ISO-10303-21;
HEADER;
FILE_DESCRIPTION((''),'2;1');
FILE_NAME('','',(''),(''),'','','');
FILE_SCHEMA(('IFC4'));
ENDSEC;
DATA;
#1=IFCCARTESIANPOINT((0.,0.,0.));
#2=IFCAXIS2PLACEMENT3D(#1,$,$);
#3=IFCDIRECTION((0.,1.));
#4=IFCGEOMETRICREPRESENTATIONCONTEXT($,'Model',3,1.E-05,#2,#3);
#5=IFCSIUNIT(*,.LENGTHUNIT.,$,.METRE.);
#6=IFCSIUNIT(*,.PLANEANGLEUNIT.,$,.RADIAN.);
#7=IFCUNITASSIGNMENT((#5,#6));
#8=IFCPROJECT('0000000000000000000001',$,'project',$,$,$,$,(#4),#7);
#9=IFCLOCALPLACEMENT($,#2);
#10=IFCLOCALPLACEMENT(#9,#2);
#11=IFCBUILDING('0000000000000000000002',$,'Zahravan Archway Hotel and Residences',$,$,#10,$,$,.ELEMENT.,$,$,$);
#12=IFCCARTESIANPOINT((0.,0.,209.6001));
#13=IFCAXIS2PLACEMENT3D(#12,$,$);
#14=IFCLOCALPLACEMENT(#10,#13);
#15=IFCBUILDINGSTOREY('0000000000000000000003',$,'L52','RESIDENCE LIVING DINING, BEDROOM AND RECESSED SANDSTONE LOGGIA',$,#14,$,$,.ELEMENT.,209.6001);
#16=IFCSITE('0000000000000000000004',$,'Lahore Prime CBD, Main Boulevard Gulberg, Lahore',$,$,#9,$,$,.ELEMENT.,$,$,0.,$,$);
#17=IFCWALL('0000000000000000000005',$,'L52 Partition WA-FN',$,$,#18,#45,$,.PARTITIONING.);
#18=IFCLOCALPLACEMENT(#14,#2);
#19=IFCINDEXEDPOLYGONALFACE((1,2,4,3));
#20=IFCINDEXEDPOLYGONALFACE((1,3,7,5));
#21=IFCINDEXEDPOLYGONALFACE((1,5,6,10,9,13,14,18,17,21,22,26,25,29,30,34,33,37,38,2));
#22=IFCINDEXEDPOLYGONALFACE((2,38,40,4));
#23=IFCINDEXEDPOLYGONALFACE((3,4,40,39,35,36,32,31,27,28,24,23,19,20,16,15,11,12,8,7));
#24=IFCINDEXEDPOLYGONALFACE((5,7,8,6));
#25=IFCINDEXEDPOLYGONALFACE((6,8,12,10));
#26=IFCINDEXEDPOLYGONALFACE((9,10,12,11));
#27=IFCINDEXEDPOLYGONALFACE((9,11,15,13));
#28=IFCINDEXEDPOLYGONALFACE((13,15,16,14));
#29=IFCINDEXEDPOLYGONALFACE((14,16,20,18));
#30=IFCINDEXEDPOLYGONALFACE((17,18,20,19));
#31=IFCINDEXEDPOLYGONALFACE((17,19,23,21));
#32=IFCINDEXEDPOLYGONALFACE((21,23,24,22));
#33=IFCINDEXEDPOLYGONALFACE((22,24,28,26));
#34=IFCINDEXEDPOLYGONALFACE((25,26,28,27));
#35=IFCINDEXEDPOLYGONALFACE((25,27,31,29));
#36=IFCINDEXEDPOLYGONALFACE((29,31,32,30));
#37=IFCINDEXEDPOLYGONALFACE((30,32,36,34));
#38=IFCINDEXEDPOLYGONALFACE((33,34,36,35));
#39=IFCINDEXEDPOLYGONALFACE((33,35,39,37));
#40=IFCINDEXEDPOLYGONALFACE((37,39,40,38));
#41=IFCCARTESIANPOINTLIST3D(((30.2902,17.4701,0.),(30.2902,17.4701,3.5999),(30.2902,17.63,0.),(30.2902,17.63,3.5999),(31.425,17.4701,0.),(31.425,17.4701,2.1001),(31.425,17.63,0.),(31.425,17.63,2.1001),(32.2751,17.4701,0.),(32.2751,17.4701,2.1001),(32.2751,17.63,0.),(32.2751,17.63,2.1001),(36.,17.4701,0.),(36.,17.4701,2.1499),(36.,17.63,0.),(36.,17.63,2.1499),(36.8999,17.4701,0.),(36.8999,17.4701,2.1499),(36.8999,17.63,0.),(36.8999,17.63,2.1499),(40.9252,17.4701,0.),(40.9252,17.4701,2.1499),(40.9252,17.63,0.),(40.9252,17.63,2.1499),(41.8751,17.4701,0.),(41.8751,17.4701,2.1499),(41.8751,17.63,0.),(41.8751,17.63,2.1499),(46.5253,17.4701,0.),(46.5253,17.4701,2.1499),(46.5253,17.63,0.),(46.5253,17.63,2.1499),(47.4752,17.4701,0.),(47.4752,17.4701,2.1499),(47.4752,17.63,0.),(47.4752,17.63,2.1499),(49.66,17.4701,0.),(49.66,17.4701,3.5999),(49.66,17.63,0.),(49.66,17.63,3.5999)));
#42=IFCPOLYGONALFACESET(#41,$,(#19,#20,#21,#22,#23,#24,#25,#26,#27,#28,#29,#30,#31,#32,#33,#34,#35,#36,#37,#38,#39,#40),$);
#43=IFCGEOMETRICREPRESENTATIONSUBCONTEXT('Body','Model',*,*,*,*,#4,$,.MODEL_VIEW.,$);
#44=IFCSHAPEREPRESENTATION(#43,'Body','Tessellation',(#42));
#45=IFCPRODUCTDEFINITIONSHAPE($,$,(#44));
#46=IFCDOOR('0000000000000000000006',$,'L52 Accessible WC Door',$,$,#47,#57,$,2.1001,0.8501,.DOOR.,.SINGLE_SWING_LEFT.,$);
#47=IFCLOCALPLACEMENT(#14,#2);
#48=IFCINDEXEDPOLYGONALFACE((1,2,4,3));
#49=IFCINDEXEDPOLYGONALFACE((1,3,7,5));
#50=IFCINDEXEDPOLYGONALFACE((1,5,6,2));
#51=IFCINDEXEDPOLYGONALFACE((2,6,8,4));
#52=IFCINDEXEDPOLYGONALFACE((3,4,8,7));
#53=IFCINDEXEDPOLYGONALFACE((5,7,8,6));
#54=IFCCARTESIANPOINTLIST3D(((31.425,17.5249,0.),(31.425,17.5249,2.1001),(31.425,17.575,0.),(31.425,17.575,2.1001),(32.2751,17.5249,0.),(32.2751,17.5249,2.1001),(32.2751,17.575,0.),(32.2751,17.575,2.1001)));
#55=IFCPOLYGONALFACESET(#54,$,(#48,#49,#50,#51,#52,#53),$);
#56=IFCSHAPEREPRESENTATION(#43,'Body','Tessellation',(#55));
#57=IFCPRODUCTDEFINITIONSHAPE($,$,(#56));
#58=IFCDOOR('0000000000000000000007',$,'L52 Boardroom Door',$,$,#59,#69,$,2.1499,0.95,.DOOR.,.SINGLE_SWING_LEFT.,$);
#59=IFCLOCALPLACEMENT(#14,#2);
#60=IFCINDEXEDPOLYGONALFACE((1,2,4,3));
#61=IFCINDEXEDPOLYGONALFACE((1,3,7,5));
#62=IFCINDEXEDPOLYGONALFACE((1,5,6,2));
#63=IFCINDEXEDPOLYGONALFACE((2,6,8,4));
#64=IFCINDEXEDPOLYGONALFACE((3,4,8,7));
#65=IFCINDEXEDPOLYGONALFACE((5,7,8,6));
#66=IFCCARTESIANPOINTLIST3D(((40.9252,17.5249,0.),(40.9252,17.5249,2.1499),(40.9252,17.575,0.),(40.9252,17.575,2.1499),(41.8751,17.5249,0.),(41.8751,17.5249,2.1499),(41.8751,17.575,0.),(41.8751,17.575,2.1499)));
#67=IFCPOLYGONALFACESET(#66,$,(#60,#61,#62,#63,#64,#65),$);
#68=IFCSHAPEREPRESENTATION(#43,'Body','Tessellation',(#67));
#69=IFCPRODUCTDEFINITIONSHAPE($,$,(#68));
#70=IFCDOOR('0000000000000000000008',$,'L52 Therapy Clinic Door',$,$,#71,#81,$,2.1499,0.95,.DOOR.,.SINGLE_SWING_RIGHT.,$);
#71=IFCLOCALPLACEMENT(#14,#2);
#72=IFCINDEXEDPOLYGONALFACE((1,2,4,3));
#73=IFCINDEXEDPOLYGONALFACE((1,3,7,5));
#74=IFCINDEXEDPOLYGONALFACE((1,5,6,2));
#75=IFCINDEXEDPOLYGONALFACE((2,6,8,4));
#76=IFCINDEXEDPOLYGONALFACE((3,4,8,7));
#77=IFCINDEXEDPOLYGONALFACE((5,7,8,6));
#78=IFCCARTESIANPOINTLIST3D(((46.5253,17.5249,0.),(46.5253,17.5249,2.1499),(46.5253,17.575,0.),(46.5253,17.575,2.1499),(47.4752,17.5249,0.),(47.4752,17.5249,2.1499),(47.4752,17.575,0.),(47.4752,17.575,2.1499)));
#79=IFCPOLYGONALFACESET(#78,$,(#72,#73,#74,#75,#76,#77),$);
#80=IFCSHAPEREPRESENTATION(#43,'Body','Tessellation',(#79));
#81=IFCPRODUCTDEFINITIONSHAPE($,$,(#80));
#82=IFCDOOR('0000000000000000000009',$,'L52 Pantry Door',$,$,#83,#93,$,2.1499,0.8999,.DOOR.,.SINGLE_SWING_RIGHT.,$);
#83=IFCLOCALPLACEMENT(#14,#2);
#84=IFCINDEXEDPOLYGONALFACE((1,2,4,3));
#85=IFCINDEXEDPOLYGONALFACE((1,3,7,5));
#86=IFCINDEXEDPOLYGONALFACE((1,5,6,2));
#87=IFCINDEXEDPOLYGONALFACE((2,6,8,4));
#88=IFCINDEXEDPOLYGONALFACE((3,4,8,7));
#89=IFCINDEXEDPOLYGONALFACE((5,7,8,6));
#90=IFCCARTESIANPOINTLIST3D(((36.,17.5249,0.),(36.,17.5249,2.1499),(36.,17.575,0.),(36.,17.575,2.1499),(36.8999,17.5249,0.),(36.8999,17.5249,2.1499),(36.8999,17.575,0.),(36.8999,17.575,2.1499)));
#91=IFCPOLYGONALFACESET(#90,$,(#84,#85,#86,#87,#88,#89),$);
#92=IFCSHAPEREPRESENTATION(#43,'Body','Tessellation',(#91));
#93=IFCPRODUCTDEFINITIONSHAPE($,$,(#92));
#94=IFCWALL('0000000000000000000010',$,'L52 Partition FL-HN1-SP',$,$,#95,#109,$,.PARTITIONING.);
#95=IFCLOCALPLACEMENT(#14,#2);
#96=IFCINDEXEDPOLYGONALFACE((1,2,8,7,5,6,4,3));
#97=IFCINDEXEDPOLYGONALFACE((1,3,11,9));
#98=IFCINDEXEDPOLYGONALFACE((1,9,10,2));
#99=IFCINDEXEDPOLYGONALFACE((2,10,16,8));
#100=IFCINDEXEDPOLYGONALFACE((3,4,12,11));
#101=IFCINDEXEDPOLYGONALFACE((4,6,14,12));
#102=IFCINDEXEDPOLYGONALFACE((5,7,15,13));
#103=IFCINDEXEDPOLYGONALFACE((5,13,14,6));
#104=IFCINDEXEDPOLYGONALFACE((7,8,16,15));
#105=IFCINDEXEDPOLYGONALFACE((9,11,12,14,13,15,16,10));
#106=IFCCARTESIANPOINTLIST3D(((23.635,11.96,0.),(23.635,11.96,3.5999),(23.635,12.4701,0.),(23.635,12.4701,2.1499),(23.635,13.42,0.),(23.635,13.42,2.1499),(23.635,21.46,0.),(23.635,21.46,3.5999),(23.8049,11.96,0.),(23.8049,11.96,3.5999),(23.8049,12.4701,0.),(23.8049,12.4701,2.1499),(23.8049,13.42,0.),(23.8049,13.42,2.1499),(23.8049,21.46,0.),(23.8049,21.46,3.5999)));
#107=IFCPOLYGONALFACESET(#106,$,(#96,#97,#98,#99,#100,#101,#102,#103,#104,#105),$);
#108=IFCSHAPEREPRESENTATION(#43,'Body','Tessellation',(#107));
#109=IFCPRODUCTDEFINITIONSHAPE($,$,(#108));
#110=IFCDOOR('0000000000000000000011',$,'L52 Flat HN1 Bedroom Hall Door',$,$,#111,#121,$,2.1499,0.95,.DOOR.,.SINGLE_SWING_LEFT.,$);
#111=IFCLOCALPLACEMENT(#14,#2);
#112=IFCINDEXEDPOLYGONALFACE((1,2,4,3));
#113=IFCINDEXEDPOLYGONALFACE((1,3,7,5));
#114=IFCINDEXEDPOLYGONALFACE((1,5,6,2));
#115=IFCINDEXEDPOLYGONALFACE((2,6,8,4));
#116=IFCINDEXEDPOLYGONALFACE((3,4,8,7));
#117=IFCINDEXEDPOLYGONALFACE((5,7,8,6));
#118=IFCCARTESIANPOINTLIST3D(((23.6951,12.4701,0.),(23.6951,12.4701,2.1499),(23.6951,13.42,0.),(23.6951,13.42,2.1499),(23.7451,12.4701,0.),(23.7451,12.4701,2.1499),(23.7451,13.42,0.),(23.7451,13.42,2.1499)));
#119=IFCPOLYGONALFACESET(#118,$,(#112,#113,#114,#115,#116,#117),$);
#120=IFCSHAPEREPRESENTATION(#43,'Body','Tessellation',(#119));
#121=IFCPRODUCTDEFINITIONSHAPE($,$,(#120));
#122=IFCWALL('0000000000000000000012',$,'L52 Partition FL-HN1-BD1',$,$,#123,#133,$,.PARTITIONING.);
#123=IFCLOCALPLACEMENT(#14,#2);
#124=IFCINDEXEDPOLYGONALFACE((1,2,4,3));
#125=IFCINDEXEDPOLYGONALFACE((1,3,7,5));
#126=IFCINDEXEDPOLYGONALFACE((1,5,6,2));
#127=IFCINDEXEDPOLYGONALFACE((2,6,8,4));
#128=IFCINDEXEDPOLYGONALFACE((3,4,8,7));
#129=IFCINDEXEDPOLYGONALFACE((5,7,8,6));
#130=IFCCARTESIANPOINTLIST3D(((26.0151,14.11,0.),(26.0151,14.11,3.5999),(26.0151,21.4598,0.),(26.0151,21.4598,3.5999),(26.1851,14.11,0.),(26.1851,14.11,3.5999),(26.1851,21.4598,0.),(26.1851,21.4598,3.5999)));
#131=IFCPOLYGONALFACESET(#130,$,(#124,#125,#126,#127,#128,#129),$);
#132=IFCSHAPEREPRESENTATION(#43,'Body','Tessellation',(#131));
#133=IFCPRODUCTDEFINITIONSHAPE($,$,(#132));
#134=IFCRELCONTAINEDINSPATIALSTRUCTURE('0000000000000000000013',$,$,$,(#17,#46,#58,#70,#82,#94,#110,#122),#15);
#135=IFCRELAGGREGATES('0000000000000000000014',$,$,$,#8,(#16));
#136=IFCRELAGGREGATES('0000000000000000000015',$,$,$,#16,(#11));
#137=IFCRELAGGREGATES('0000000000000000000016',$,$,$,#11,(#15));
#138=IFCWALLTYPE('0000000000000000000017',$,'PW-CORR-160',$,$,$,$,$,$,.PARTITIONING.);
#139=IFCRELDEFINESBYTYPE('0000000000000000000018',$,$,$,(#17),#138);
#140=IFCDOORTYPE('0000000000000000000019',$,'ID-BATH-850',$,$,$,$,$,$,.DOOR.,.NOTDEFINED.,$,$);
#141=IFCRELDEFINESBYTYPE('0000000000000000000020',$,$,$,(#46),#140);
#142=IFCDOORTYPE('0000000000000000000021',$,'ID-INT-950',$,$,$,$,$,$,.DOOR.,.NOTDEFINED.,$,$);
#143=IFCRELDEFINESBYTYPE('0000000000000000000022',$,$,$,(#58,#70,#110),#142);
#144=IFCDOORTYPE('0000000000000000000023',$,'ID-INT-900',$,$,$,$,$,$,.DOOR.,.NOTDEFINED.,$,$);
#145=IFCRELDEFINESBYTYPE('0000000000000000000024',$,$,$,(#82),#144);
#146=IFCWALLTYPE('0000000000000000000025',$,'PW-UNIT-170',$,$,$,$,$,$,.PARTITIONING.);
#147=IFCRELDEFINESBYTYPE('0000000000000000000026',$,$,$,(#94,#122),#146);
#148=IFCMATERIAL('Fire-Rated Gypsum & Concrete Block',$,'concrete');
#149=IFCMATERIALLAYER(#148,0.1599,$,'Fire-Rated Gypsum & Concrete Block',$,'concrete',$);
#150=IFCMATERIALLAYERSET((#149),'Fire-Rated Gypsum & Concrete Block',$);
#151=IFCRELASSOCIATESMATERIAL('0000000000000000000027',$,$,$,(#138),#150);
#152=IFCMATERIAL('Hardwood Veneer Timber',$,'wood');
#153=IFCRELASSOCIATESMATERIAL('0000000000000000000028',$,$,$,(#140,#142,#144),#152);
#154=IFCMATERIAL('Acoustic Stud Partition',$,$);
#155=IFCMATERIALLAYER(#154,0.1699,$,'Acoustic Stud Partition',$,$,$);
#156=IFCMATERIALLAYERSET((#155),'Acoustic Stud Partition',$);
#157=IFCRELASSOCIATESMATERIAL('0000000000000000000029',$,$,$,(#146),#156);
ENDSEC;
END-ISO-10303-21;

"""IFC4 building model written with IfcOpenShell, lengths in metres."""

from ifc_helpers import new_model, si_unit, direction, frame, frame_2d, origin, place, context, subcontext, project, spatial, rectangle, extrude, source, transform, mapped, material, layer, layer_set, type_object, type_shapes, element, fill, save


model = new_model("IFC4")

# Units and contexts
model_context = context("Model", 3, precision=1e-05, world=origin(), true_north=direction((0.0, 1.0)))
body_context = subcontext(model_context, "Body", "Model", "MODEL_VIEW")
ifc_project = project(units=[si_unit("LENGTHUNIT", "METRE"), si_unit("PLANEANGLEUNIT", "RADIAN")], contexts=[model_context])

# Site, building, storey
site_placement = place(None, origin())
site = spatial("IfcSite", under=ifc_project, at=site_placement, Name="Lahore Prime CBD, Main Boulevard Gulberg, Lahore", CompositionType="ELEMENT", RefElevation=0.0)
building_placement = place(site_placement, origin())
building = spatial("IfcBuilding", under=site, at=building_placement, Name="Zahravan Archway Hotel and Residences", CompositionType="ELEMENT")
storey_placement = place(building_placement, frame((0.0, 0.0, 209.6001)))
storey = spatial("IfcBuildingStorey", under=building, at=storey_placement, Name="L52", Description="RESIDENCE LIVING DINING, BEDROOM AND RECESSED SANDSTONE LOGGIA", CompositionType="ELEMENT", Elevation=209.6001)

# Shared definitions
ifc_material_1 = material(Name="Fire-Rated Gypsum & Concrete Block", Category="concrete")
ifc_layer_1 = layer(ifc_material_1, 0.1599, Name="Fire-Rated Gypsum & Concrete Block", Category="concrete")
ifc_layer_set_1 = layer_set([ifc_layer_1], Name="Fire-Rated Gypsum & Concrete Block")
wall_type_1 = type_object("IfcWallType", Name="PW-CORR-160", PredefinedType="PARTITIONING", material=ifc_layer_set_1)

# Wall, openings, doors
wall_1_placement = place(storey_placement, frame((30.29, 17.55, 0.0), z_axis=(0.0, 0.0, 1.0), x_axis=(1.0, 0.0, 0.0)))
wall_1 = element("IfcWall", 1, at=wall_1_placement, inside=storey, type_object=wall_type_1, Name="L52 Partition WA-FN", PredefinedType="PARTITIONING", context=body_context, shape_type="SweptSolid", body=[
    extrude(rectangle(XDim=19.3699, YDim=0.1599, at=frame_2d((9.6851, 0.0))), origin(), (0.0, 0.0, 1.0), 3.5999),
])
opening_1_placement = place(wall_1_placement, frame((1.135, 0.0, 0.0)))
opening_1 = element("IfcOpeningElement", 2, at=opening_1_placement, cuts=wall_1, PredefinedType="OPENING", context=body_context, shape_type="SweptSolid", body=[
    extrude(rectangle(XDim=0.8501, YDim=2.1001, at=frame_2d((0.425, 1.05))), frame((0.0, 0.0898, 0.0), z_axis=(0.0, -1.0, 0.0), x_axis=(1.0, 0.0, 0.0)), (0.0, 0.0, 1.0), 0.1799),
])
opening_2_placement = place(wall_1_placement, frame((5.71, 0.0, 0.0)))
opening_2 = element("IfcOpeningElement", 3, at=opening_2_placement, cuts=wall_1, PredefinedType="OPENING", context=body_context, shape_type="SweptSolid", body=[
    extrude(rectangle(XDim=0.8999, YDim=2.1499, at=frame_2d((0.45, 1.075))), frame((0.0, 0.0898, 0.0), z_axis=(0.0, -1.0, 0.0), x_axis=(1.0, 0.0, 0.0)), (0.0, 0.0, 1.0), 0.1799),
])
opening_3_placement = place(wall_1_placement, frame((10.635, 0.0, 0.0)))
opening_3 = element("IfcOpeningElement", 4, at=opening_3_placement, cuts=wall_1, PredefinedType="OPENING", context=body_context, shape_type="SweptSolid", body=[
    extrude(rectangle(XDim=0.95, YDim=2.1499, at=frame_2d((0.4751, 1.075))), frame((0.0, 0.0898, 0.0), z_axis=(0.0, -1.0, 0.0), x_axis=(1.0, 0.0, 0.0)), (0.0, 0.0, 1.0), 0.1799),
])
opening_4_placement = place(wall_1_placement, frame((16.2351, 0.0, 0.0)))
opening_4 = element("IfcOpeningElement", 5, at=opening_4_placement, cuts=wall_1, PredefinedType="OPENING", context=body_context, shape_type="SweptSolid", body=[
    extrude(rectangle(XDim=0.95, YDim=2.1499, at=frame_2d((0.4751, 1.075))), frame((0.0, 0.0898, 0.0), z_axis=(0.0, -1.0, 0.0), x_axis=(1.0, 0.0, 0.0)), (0.0, 0.0, 1.0), 0.1799),
])
ifc_material_2 = material(Name="Hardwood Veneer Timber", Category="wood")
door_type_1 = type_object("IfcDoorType", Name="ID-BATH-850", OperationType="NOTDEFINED", PredefinedType="DOOR", material=ifc_material_2)
shared_shape_1 = source(origin(), body_context, "Body", "SweptSolid", [
    extrude(rectangle(XDim=0.8501, YDim=2.1001, at=frame_2d((0.425, 1.05))), frame((0.0, 0.0249, 0.0), z_axis=(0.0, -1.0, 0.0), x_axis=(1.0, 0.0, 0.0)), (0.0, 0.0, 1.0), 0.05),
])
type_shapes(door_type_1, [shared_shape_1])
door_1_placement = place(opening_1_placement, origin())
door_1 = element("IfcDoor", 6, at=door_1_placement, inside=storey, type_object=door_type_1, Name="L52 Accessible WC Door", OperationType="SINGLE_SWING_LEFT", OverallHeight=2.1001, OverallWidth=0.8501, PredefinedType="DOOR", context=body_context, shape_type="MappedRepresentation", body=[
    mapped(shared_shape_1, transform((0.0, 0.0, 0.0), scale=1.0)),
])
fill(opening_1, door_1)
door_type_2 = type_object("IfcDoorType", Name="ID-INT-950", OperationType="NOTDEFINED", PredefinedType="DOOR", material=ifc_material_2)
shared_shape_2 = source(origin(), body_context, "Body", "SweptSolid", [
    extrude(rectangle(XDim=0.95, YDim=2.1499, at=frame_2d((0.4751, 1.075))), frame((0.0, 0.0249, 0.0), z_axis=(0.0, -1.0, 0.0), x_axis=(1.0, 0.0, 0.0)), (0.0, 0.0, 1.0), 0.05),
])
type_shapes(door_type_2, [shared_shape_2])
door_2_placement = place(opening_3_placement, origin())
door_2 = element("IfcDoor", 7, at=door_2_placement, inside=storey, type_object=door_type_2, Name="L52 Boardroom Door", OperationType="SINGLE_SWING_LEFT", OverallHeight=2.1499, OverallWidth=0.95, PredefinedType="DOOR", context=body_context, shape_type="MappedRepresentation", body=[
    mapped(shared_shape_2, transform((0.0, 0.0, 0.0), scale=1.0)),
])
fill(opening_3, door_2)
door_3_placement = place(opening_4_placement, origin())
door_3 = element("IfcDoor", 8, at=door_3_placement, inside=storey, type_object=door_type_2, Name="L52 Therapy Clinic Door", OperationType="SINGLE_SWING_RIGHT", OverallHeight=2.1499, OverallWidth=0.95, PredefinedType="DOOR", context=body_context, shape_type="MappedRepresentation", body=[
    mapped(shared_shape_2, transform((0.0, 0.0, 0.0), scale=1.0)),
])
fill(opening_4, door_3)
door_type_3 = type_object("IfcDoorType", Name="ID-INT-900", OperationType="NOTDEFINED", PredefinedType="DOOR", material=ifc_material_2)
shared_shape_3 = source(origin(), body_context, "Body", "SweptSolid", [
    extrude(rectangle(XDim=0.8999, YDim=2.1499, at=frame_2d((0.45, 1.075))), frame((0.0, 0.0249, 0.0), z_axis=(0.0, -1.0, 0.0), x_axis=(1.0, 0.0, 0.0)), (0.0, 0.0, 1.0), 0.05),
])
type_shapes(door_type_3, [shared_shape_3])
door_4_placement = place(opening_2_placement, origin())
door_4 = element("IfcDoor", 9, at=door_4_placement, inside=storey, type_object=door_type_3, Name="L52 Pantry Door", OperationType="SINGLE_SWING_RIGHT", OverallHeight=2.1499, OverallWidth=0.8999, PredefinedType="DOOR", context=body_context, shape_type="MappedRepresentation", body=[
    mapped(shared_shape_3, transform((0.0, 0.0, 0.0), scale=1.0)),
])
fill(opening_2, door_4)

# Wall, opening, door
ifc_material_3 = material(Name="Acoustic Stud Partition")
ifc_layer_2 = layer(ifc_material_3, 0.1699, Name="Acoustic Stud Partition")
ifc_layer_set_2 = layer_set([ifc_layer_2], Name="Acoustic Stud Partition")
wall_type_2 = type_object("IfcWallType", Name="PW-UNIT-170", PredefinedType="PARTITIONING", material=ifc_layer_set_2)
wall_2_placement = place(storey_placement, frame((23.72, 11.96, 0.0), z_axis=(0.0, 0.0, 1.0), x_axis=(0.0, 1.0, 0.0)))
wall_2 = element("IfcWall", 10, at=wall_2_placement, inside=storey, type_object=wall_type_2, Name="L52 Partition FL-HN1-SP", PredefinedType="PARTITIONING", context=body_context, shape_type="SweptSolid", body=[
    extrude(rectangle(XDim=9.5, YDim=0.1699, at=frame_2d((4.75, 0.0))), origin(), (0.0, 0.0, 1.0), 3.5999),
])
opening_5_placement = place(wall_2_placement, frame((0.51, 0.0, 0.0)))
opening_5 = element("IfcOpeningElement", 11, at=opening_5_placement, cuts=wall_2, PredefinedType="OPENING", context=body_context, shape_type="SweptSolid", body=[
    extrude(rectangle(XDim=0.95, YDim=2.1499, at=frame_2d((0.4751, 1.075))), frame((0.0, 0.095, 0.0), z_axis=(0.0, -1.0, 0.0), x_axis=(1.0, 0.0, 0.0)), (0.0, 0.0, 1.0), 0.1899),
])
door_5_placement = place(opening_5_placement, origin())
door_5 = element("IfcDoor", 12, at=door_5_placement, inside=storey, type_object=door_type_2, Name="L52 Flat HN1 Bedroom Hall Door", OperationType="SINGLE_SWING_LEFT", OverallHeight=2.1499, OverallWidth=0.95, PredefinedType="DOOR", context=body_context, shape_type="MappedRepresentation", body=[
    mapped(shared_shape_2, transform((0.0, 0.0, 0.0), scale=1.0)),
])
fill(opening_5, door_5)

# Wall
wall_3_placement = place(storey_placement, frame((26.1001, 14.1101, 0.0), z_axis=(0.0, 0.0, 1.0), x_axis=(0.0, 1.0, 0.0)))
element("IfcWall", 13, at=wall_3_placement, inside=storey, type_object=wall_type_2, Name="L52 Partition FL-HN1-BD1", PredefinedType="PARTITIONING", context=body_context, shape_type="SweptSolid", body=[
    extrude(rectangle(XDim=7.3499, YDim=0.1699, at=frame_2d((3.6748, 0.0))), origin(), (0.0, 0.0, 1.0), 3.5999),
])

save(model, "model.ifc")
